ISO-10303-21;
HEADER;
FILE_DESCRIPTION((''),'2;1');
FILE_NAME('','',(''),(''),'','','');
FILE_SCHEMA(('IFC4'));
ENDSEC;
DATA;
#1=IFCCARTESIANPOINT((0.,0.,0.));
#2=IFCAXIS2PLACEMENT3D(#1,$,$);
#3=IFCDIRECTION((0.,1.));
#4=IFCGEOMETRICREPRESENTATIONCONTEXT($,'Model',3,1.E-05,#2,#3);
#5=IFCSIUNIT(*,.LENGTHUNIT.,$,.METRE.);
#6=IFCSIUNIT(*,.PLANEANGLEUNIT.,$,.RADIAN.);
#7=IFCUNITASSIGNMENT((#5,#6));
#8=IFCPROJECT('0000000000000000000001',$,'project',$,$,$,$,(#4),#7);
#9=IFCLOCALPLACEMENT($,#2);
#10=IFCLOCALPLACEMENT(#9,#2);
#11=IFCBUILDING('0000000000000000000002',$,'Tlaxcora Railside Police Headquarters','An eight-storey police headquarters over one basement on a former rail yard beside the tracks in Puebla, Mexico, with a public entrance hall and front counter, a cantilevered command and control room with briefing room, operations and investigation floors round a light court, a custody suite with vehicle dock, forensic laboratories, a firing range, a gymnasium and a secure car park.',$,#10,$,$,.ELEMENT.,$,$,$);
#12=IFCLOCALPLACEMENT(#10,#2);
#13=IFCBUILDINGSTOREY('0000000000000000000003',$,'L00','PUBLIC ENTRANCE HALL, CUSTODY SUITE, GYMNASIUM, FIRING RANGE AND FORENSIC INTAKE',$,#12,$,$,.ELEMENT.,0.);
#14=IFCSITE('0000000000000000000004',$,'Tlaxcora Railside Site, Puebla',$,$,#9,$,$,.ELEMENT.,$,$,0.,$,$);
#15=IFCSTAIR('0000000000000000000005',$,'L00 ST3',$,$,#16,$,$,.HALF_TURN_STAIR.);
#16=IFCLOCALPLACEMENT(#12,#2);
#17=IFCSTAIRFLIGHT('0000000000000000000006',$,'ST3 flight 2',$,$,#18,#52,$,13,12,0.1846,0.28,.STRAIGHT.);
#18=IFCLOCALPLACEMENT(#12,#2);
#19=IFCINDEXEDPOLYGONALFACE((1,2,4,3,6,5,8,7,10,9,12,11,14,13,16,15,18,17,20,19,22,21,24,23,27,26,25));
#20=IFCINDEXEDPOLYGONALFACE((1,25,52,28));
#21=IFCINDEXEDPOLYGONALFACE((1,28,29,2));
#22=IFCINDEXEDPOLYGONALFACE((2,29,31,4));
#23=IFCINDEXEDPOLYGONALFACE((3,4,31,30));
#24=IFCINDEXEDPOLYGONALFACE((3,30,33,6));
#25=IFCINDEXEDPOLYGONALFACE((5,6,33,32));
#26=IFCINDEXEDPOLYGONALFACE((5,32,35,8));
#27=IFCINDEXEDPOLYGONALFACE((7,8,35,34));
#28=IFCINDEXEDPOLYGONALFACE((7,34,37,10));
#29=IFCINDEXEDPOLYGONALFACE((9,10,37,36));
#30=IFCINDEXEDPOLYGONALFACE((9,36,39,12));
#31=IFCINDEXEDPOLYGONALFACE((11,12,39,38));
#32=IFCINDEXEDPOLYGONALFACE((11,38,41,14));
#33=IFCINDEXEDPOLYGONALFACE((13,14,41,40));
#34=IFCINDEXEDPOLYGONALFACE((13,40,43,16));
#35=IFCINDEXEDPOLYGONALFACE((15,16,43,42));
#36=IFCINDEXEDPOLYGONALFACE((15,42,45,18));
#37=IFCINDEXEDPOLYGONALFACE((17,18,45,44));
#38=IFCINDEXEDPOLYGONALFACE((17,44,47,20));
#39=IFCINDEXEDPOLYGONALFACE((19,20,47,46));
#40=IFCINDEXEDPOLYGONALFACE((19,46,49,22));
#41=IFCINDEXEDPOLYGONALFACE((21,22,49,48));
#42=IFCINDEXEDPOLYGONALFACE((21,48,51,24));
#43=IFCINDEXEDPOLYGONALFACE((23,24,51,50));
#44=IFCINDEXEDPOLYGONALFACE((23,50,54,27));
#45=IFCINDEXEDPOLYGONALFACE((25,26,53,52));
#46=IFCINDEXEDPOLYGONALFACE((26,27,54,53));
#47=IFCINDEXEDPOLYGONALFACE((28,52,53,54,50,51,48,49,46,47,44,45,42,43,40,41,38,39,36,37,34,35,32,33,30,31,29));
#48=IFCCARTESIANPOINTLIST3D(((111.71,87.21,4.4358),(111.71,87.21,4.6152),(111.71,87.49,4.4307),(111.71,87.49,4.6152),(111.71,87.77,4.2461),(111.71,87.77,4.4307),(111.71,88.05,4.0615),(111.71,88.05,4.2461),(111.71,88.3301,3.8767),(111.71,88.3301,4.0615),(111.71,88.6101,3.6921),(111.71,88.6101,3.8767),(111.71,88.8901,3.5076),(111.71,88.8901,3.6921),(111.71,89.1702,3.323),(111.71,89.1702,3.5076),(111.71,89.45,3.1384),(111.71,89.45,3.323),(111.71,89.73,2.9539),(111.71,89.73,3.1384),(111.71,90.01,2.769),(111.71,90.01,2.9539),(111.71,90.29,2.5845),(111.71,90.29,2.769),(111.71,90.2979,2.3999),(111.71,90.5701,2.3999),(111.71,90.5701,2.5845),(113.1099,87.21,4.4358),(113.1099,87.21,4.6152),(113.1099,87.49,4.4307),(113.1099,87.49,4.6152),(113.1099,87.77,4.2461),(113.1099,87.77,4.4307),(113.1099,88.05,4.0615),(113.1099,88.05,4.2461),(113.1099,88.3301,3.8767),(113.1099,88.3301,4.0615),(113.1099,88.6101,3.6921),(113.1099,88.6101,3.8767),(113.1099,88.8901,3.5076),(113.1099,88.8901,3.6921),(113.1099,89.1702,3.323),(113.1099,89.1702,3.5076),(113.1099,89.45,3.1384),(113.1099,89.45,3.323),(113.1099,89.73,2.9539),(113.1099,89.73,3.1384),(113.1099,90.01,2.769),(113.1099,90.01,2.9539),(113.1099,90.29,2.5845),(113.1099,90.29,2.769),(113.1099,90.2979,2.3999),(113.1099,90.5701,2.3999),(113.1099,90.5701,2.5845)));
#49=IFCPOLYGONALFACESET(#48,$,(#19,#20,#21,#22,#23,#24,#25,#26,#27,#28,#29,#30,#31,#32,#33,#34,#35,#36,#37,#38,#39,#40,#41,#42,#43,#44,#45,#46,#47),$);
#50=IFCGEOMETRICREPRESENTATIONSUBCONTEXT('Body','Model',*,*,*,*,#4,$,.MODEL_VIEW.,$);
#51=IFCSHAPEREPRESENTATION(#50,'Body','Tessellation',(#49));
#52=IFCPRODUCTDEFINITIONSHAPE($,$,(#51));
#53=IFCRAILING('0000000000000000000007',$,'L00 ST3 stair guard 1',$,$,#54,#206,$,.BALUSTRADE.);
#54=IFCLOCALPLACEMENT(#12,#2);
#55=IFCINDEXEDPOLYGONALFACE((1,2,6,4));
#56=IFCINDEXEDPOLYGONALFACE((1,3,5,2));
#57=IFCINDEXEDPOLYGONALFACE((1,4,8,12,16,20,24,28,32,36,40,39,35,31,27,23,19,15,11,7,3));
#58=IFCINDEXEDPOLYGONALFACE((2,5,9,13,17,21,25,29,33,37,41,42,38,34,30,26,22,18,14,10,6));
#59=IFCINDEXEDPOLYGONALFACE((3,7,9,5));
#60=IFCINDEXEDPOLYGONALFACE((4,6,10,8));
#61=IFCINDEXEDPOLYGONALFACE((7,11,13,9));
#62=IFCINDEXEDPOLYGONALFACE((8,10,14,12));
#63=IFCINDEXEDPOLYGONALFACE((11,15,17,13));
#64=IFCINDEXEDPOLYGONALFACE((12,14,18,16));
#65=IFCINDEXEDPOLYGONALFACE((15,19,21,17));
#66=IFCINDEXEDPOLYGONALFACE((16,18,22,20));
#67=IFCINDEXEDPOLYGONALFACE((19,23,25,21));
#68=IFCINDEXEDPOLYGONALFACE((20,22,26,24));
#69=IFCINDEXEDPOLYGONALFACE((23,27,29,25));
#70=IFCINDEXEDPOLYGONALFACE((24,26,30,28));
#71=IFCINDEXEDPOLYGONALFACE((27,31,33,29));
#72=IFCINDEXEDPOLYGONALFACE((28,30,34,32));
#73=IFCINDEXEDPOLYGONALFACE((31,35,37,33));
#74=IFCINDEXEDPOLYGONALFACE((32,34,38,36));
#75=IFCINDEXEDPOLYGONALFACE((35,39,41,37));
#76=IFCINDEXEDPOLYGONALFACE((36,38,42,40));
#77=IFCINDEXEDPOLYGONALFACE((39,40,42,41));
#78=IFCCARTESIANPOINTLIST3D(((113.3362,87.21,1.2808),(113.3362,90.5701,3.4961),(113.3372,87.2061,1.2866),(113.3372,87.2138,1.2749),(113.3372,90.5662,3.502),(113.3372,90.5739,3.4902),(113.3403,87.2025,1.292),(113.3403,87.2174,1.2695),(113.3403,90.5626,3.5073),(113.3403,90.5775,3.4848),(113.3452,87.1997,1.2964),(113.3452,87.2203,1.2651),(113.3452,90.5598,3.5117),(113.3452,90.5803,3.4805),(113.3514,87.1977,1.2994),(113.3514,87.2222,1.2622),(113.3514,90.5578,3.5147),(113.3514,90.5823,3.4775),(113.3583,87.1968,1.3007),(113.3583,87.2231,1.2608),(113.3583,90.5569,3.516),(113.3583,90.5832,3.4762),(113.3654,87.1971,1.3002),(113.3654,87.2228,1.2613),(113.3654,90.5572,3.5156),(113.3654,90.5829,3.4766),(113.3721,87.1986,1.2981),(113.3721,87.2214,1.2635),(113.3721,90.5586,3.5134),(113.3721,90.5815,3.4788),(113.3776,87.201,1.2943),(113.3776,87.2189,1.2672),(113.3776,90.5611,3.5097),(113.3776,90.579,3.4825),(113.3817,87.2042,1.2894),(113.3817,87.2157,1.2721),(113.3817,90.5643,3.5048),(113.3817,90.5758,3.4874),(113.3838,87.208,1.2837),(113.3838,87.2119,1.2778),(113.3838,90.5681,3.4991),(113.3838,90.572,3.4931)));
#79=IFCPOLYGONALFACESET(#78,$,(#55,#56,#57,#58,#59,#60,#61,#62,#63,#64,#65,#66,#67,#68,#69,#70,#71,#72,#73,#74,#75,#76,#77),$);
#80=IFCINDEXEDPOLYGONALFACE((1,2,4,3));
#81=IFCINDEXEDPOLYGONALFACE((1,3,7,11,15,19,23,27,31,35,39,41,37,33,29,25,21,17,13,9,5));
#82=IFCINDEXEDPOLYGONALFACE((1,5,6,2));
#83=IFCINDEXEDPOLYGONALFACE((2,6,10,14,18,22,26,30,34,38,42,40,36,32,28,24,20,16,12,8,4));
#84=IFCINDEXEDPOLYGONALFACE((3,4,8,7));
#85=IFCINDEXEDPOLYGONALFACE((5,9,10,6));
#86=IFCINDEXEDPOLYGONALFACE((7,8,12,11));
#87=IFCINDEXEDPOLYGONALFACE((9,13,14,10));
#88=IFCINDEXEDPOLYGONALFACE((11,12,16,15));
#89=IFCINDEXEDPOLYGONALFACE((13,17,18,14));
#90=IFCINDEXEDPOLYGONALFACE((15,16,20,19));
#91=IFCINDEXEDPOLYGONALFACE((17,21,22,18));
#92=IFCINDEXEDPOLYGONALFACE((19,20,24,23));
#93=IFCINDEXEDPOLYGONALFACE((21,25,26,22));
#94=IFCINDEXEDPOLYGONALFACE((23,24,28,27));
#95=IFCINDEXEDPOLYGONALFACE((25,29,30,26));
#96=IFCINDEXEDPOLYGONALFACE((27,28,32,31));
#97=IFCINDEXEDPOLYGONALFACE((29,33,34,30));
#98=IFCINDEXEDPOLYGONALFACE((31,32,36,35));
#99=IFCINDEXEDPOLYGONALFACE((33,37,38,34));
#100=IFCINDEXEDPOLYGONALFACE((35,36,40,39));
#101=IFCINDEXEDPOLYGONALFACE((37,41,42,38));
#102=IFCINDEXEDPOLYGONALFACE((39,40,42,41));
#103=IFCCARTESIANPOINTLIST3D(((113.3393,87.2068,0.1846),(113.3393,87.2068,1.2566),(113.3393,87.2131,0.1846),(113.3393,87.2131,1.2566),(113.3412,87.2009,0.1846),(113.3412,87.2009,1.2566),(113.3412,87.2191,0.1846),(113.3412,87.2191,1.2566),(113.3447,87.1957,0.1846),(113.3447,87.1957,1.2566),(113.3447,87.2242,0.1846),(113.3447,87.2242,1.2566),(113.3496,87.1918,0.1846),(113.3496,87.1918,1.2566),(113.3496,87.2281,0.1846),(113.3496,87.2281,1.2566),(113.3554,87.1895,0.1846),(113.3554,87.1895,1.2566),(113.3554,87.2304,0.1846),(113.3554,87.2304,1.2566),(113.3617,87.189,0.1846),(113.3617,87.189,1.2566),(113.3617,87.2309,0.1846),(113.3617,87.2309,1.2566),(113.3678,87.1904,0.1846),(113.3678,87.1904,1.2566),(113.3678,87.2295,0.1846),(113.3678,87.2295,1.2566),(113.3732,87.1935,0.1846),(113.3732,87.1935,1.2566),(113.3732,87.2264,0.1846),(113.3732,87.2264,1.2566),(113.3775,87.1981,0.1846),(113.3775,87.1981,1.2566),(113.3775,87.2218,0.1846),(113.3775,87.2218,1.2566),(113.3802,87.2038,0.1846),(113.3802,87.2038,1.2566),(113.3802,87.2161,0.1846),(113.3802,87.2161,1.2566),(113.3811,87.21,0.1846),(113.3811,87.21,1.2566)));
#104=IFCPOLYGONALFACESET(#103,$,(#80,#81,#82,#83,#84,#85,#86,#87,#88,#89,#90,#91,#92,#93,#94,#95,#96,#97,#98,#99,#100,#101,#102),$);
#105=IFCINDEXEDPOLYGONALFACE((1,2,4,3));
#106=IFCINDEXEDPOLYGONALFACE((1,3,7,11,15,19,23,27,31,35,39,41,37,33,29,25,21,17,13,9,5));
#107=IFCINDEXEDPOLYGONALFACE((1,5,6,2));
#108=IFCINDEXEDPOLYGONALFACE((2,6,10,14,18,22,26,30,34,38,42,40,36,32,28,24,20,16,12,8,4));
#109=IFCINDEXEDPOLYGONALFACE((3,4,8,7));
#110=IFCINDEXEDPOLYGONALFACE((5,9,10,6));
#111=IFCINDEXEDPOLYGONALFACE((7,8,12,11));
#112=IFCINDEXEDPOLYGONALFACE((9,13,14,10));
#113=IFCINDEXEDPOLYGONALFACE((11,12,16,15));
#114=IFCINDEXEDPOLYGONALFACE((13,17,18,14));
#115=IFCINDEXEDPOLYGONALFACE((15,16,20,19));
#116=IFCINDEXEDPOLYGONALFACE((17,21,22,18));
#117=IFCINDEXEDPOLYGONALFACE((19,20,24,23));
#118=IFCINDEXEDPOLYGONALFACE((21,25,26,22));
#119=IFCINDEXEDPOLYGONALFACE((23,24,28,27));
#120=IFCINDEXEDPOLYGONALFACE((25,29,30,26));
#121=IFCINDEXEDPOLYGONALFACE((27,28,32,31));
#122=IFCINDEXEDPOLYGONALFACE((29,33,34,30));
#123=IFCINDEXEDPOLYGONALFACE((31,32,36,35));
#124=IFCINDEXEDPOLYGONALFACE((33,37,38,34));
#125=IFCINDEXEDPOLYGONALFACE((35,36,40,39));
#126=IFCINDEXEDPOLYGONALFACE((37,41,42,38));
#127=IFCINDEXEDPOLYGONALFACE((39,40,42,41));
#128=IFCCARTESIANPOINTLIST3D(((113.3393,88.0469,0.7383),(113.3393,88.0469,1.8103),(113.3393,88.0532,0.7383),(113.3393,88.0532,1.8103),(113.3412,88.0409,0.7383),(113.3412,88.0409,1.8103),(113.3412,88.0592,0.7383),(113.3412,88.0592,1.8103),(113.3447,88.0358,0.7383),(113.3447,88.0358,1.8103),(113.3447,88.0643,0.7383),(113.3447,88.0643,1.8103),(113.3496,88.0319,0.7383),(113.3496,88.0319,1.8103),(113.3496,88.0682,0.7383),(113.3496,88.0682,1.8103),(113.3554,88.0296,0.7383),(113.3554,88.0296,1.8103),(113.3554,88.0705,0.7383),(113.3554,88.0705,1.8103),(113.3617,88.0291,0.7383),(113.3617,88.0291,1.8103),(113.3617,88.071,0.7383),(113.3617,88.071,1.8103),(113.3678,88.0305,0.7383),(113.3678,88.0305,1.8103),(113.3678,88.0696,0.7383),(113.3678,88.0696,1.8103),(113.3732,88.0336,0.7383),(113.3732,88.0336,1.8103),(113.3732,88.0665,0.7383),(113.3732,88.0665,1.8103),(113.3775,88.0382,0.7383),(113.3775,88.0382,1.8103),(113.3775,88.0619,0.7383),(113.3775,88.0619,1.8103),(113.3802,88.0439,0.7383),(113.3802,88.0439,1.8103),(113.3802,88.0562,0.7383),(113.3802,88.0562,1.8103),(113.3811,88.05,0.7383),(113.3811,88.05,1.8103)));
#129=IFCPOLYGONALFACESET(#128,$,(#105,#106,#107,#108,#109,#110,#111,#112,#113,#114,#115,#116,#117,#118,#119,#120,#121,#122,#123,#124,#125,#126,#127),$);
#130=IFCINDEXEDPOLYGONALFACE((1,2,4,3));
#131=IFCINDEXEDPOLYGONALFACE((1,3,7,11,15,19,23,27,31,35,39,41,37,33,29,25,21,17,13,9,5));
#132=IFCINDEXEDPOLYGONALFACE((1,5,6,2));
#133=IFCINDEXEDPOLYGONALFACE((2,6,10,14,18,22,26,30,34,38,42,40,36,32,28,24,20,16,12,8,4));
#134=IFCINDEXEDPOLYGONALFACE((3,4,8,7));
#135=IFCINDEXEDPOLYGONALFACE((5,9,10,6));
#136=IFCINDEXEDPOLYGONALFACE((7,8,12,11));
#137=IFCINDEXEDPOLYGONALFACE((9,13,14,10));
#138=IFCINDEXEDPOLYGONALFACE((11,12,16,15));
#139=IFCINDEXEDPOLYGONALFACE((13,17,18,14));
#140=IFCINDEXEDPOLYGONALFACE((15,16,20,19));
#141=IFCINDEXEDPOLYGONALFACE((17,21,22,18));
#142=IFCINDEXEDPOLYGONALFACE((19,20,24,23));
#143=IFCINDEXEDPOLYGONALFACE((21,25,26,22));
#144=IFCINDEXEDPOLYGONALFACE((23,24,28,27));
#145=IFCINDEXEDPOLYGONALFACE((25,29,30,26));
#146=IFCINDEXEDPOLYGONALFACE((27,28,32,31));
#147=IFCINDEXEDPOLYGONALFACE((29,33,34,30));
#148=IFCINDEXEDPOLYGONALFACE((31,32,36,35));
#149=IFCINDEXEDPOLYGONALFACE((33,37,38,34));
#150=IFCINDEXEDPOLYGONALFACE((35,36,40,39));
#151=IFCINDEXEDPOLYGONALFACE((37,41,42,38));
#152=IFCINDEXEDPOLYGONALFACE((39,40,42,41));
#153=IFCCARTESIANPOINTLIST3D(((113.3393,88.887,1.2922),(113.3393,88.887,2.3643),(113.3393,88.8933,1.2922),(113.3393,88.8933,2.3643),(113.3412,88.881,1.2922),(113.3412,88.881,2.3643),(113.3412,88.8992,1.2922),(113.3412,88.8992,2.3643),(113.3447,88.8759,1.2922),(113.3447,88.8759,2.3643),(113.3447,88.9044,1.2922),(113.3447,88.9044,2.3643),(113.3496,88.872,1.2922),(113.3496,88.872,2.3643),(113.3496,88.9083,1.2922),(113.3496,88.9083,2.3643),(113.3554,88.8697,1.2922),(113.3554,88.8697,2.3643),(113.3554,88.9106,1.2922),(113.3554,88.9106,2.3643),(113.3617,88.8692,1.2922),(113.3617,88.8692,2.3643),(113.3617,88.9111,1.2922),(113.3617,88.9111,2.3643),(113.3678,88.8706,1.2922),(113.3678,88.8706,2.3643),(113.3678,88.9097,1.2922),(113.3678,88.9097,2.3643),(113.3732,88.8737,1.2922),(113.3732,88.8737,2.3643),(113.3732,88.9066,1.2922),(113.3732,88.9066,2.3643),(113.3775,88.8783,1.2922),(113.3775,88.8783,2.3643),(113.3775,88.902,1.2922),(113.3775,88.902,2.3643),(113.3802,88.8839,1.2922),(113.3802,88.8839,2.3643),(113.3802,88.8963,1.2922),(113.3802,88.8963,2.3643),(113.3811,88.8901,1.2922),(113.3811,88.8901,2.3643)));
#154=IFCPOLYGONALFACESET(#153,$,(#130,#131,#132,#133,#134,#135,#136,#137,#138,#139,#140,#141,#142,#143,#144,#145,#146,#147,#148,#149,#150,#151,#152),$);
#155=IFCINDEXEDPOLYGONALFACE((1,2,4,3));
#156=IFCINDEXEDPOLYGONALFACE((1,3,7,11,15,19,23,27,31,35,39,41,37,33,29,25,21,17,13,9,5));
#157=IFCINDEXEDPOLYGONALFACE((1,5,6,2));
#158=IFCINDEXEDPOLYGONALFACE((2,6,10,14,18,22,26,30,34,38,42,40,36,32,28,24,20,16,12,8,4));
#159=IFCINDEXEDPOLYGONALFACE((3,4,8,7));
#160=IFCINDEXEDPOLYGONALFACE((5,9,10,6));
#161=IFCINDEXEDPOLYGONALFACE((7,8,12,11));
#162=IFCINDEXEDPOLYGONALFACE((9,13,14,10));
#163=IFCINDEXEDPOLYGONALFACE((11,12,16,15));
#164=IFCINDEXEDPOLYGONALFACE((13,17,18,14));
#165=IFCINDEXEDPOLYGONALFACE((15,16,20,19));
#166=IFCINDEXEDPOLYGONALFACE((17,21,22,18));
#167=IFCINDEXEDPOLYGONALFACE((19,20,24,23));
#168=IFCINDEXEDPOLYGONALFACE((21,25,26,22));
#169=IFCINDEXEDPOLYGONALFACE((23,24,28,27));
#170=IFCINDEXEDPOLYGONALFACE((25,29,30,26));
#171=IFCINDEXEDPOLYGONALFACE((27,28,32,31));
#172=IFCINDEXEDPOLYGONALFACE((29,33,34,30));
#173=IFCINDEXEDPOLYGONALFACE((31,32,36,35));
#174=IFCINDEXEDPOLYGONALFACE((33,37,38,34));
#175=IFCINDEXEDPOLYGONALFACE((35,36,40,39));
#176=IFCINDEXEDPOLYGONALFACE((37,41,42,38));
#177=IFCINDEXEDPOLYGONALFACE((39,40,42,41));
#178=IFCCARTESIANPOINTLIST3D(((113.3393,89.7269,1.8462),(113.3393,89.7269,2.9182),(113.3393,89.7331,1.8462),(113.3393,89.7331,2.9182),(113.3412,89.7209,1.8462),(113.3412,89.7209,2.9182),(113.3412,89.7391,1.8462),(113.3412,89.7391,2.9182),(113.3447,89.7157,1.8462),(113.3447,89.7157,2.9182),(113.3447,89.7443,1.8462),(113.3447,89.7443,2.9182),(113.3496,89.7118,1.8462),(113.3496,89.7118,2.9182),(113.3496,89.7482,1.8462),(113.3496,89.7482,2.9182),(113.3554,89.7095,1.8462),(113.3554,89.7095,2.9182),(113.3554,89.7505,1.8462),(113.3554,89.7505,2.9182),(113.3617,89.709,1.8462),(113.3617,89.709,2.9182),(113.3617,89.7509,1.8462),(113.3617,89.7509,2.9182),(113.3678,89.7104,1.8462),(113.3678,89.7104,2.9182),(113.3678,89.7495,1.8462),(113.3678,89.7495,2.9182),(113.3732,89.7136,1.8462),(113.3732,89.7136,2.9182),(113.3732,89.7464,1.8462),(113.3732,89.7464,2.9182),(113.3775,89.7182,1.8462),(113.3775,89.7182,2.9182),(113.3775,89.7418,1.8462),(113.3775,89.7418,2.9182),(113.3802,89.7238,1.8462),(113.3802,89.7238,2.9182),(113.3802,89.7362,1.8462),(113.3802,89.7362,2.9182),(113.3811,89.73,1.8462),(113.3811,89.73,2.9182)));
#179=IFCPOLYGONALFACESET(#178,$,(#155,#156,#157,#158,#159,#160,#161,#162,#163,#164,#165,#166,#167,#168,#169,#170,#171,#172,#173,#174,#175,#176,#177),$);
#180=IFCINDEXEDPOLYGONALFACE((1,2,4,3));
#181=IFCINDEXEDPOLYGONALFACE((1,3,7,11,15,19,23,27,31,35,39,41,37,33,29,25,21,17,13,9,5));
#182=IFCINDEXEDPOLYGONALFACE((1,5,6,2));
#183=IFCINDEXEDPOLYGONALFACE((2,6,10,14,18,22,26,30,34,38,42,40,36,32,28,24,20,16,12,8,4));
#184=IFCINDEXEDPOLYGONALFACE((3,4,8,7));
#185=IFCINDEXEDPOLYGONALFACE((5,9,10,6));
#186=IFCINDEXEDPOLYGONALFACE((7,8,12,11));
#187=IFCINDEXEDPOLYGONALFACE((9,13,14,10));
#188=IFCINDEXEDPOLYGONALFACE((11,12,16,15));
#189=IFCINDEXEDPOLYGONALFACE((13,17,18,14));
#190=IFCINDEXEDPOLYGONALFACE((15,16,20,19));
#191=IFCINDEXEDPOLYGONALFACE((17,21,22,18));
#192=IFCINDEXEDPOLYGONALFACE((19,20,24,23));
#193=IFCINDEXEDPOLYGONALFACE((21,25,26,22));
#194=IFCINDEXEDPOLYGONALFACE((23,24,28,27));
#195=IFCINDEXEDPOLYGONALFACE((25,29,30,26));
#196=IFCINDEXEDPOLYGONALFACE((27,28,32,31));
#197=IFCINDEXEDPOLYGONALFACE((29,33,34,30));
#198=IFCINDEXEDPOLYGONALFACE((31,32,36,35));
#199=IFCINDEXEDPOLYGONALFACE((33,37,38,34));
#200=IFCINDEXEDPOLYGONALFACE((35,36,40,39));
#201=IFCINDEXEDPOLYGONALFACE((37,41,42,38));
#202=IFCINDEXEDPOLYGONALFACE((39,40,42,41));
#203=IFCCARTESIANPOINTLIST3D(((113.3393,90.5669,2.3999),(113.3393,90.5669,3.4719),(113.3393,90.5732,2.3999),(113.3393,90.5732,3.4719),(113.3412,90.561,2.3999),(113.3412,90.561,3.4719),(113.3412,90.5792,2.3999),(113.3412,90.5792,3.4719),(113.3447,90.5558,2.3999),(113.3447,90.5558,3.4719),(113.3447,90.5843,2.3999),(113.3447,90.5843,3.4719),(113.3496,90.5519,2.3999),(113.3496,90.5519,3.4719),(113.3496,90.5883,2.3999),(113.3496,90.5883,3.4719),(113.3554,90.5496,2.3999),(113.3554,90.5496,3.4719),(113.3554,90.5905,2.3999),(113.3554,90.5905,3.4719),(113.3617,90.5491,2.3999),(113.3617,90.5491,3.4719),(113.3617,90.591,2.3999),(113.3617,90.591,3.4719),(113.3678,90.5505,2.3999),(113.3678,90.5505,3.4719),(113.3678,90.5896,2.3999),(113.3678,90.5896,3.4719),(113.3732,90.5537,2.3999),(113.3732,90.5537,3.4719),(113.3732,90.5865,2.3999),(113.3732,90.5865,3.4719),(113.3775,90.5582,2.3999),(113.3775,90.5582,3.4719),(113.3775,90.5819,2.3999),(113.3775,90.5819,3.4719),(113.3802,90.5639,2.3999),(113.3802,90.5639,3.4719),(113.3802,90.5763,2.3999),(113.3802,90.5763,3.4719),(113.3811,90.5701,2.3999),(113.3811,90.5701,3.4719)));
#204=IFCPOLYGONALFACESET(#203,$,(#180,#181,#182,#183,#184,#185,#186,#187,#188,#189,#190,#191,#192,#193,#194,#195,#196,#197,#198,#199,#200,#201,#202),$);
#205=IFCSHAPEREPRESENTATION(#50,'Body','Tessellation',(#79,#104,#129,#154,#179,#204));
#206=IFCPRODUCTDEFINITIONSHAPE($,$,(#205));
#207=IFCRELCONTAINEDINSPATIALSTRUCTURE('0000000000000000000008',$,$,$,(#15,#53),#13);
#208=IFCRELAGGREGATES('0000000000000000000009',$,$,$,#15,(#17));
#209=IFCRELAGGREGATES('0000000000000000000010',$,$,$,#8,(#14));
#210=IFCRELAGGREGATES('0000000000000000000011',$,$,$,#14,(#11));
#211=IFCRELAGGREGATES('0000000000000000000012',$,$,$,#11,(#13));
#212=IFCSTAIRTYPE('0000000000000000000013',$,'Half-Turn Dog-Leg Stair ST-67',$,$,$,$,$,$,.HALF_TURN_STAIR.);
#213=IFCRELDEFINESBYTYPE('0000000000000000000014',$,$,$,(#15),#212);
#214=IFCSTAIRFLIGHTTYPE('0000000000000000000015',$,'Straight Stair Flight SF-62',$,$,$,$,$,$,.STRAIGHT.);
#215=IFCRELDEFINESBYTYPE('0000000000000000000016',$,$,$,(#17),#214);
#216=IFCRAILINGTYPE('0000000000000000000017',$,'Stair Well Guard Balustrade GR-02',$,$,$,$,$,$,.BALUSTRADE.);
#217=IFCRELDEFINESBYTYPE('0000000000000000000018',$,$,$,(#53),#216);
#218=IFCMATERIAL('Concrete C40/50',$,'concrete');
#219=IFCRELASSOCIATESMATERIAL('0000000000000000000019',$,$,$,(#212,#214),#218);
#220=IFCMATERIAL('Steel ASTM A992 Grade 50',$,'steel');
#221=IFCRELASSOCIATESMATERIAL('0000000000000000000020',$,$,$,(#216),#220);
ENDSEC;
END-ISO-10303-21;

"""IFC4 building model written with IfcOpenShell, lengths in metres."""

from ifc_helpers import new_model, si_unit, direction, frame, origin, origin_2d, place, context, subcontext, project, spatial, polyline, circle, outline, extrude, material, type_object, element, aggregate, save


model = new_model("IFC4")

# Units and contexts
model_context = context("Model", 3, precision=1e-05, world=origin(), true_north=direction((0.0, 1.0)))
body_context = subcontext(model_context, "Body", "Model", "MODEL_VIEW")
ifc_project = project(units=[si_unit("LENGTHUNIT", "METRE"), si_unit("PLANEANGLEUNIT", "RADIAN")], contexts=[model_context])

# Site, building, storey
site_placement = place(None, origin())
site = spatial("IfcSite", under=ifc_project, at=site_placement, Name="Tlaxcora Railside Site, Puebla", CompositionType="ELEMENT", RefElevation=0.0)
building_placement = place(site_placement, origin())
building = spatial("IfcBuilding", under=site, at=building_placement, Name="Tlaxcora Railside Police Headquarters", Description="An eight-storey police headquarters over one basement on a former rail yard beside the tracks in Puebla, Mexico, with a public entrance hall and front counter, a cantilevered command and control room with briefing room, operations and investigation floors round a light court, a custody suite with vehicle dock, forensic laboratories, a firing range, a gymnasium and a secure car park.", CompositionType="ELEMENT")
storey_placement = place(building_placement, origin())
storey = spatial("IfcBuildingStorey", under=building, at=storey_placement, Name="L00", Description="PUBLIC ENTRANCE HALL, CUSTODY SUITE, GYMNASIUM, FIRING RANGE AND FORENSIC INTAKE", CompositionType="ELEMENT", Elevation=0.0)

# Shared definitions
ifc_material_1 = material(Name="Concrete C40/50", Category="concrete")

# Shared definitions
ifc_material_2 = material(Name="Steel ASTM A992 Grade 50", Category="steel")

# Stair, stair flight
stair_type = type_object("IfcStairType", Name="Half-Turn Dog-Leg Stair ST-67", PredefinedType="HALF_TURN_STAIR", material=ifc_material_1)
stair_placement = place(storey_placement, origin())
stair = element("IfcStair", 1, at=stair_placement, inside=storey, type_object=stair_type, Name="L00 ST3", PredefinedType="HALF_TURN_STAIR")
stair_flight_type = type_object("IfcStairFlightType", Name="Straight Stair Flight SF-62", PredefinedType="STRAIGHT", material=ifc_material_1)
stair_flight_1_placement = place(storey_placement, frame((112.4099, 90.5701, 2.3999), z_axis=(0.0, 0.0, 1.0), x_axis=(0.0, -1.0, 0.0)))
stair_flight_1 = element("IfcStairFlight", 2, at=stair_flight_1_placement, type_object=stair_flight_type, Name="ST3 flight 2", NumberOfRisers=13, NumberOfTreads=12, PredefinedType="STRAIGHT", RiserHeight=0.1846, TreadLength=0.28, context=body_context, shape_type="SweptSolid", body=[
    extrude(outline(polyline([(0.0, 0.0), (0.0, 0.1846), (0.28, 0.1846), (0.28, 0.3691), (0.5601, 0.3691), (0.5601, 0.554), (0.8401, 0.554), (0.8401, 0.7385), (1.1201, 0.7385), (1.1201, 0.9231), (1.3999, 0.9231), (1.3999, 1.1077), (1.6799, 1.1077), (1.6799, 1.2922), (1.96, 1.2922), (1.96, 1.4768), (2.24, 1.4768), (2.24, 1.6616), (2.52, 1.6616), (2.52, 1.8462), (2.8, 1.8462), (2.8, 2.0308), (3.0801, 2.0308), (3.0801, 2.2153), (3.3601, 2.2153), (3.3601, 2.3999), (3.3601, 2.0359), (0.2722, 0.0), (0.0, 0.0)])), frame((0.0, 0.7, 0.0), z_axis=(0.0, -1.0, 0.0), x_axis=(1.0, 0.0, 0.0)), (0.0, 0.0, 1.0), 1.3999),
])
aggregate(stair, [stair_flight_1])

# Railing
railing_type_1 = type_object("IfcRailingType", Name="Stair Well Guard Balustrade GR-02", PredefinedType="BALUSTRADE", material=ifc_material_2)
railing_1_placement = place(storey_placement, frame((113.3601, 87.21, 0.1846)))
element("IfcRailing", 3, at=railing_1_placement, inside=storey, type_object=railing_type_1, Name="L00 ST3 stair guard 1", PredefinedType="BALUSTRADE", context=body_context, shape_type="SweptSolid", body=[
    extrude(circle(Radius=0.0239, at=origin_2d()), frame((0.0, 0.0, 1.0962), z_axis=(0.0, 0.834876, 0.550437), x_axis=(-1.0, 0.0, 0.0)), (0.0, 0.0, 1.0), 4.0247),
    extrude(circle(Radius=0.021, at=origin_2d()), origin(), (0.0, 0.0, 1.0), 1.072),
    extrude(circle(Radius=0.021, at=origin_2d()), frame((0.0, 0.8401, 0.5537)), (0.0, 0.0, 1.0), 1.072),
    extrude(circle(Radius=0.021, at=origin_2d()), frame((0.0, 1.6802, 1.1077)), (0.0, 0.0, 1.0), 1.072),
    extrude(circle(Radius=0.021, at=origin_2d()), frame((0.0, 2.52, 1.6616)), (0.0, 0.0, 1.0), 1.072),
    extrude(circle(Radius=0.021, at=origin_2d()), frame((0.0, 3.3601, 2.2153)), (0.0, 0.0, 1.0), 1.072),
])

save(model, "model.ifc")
